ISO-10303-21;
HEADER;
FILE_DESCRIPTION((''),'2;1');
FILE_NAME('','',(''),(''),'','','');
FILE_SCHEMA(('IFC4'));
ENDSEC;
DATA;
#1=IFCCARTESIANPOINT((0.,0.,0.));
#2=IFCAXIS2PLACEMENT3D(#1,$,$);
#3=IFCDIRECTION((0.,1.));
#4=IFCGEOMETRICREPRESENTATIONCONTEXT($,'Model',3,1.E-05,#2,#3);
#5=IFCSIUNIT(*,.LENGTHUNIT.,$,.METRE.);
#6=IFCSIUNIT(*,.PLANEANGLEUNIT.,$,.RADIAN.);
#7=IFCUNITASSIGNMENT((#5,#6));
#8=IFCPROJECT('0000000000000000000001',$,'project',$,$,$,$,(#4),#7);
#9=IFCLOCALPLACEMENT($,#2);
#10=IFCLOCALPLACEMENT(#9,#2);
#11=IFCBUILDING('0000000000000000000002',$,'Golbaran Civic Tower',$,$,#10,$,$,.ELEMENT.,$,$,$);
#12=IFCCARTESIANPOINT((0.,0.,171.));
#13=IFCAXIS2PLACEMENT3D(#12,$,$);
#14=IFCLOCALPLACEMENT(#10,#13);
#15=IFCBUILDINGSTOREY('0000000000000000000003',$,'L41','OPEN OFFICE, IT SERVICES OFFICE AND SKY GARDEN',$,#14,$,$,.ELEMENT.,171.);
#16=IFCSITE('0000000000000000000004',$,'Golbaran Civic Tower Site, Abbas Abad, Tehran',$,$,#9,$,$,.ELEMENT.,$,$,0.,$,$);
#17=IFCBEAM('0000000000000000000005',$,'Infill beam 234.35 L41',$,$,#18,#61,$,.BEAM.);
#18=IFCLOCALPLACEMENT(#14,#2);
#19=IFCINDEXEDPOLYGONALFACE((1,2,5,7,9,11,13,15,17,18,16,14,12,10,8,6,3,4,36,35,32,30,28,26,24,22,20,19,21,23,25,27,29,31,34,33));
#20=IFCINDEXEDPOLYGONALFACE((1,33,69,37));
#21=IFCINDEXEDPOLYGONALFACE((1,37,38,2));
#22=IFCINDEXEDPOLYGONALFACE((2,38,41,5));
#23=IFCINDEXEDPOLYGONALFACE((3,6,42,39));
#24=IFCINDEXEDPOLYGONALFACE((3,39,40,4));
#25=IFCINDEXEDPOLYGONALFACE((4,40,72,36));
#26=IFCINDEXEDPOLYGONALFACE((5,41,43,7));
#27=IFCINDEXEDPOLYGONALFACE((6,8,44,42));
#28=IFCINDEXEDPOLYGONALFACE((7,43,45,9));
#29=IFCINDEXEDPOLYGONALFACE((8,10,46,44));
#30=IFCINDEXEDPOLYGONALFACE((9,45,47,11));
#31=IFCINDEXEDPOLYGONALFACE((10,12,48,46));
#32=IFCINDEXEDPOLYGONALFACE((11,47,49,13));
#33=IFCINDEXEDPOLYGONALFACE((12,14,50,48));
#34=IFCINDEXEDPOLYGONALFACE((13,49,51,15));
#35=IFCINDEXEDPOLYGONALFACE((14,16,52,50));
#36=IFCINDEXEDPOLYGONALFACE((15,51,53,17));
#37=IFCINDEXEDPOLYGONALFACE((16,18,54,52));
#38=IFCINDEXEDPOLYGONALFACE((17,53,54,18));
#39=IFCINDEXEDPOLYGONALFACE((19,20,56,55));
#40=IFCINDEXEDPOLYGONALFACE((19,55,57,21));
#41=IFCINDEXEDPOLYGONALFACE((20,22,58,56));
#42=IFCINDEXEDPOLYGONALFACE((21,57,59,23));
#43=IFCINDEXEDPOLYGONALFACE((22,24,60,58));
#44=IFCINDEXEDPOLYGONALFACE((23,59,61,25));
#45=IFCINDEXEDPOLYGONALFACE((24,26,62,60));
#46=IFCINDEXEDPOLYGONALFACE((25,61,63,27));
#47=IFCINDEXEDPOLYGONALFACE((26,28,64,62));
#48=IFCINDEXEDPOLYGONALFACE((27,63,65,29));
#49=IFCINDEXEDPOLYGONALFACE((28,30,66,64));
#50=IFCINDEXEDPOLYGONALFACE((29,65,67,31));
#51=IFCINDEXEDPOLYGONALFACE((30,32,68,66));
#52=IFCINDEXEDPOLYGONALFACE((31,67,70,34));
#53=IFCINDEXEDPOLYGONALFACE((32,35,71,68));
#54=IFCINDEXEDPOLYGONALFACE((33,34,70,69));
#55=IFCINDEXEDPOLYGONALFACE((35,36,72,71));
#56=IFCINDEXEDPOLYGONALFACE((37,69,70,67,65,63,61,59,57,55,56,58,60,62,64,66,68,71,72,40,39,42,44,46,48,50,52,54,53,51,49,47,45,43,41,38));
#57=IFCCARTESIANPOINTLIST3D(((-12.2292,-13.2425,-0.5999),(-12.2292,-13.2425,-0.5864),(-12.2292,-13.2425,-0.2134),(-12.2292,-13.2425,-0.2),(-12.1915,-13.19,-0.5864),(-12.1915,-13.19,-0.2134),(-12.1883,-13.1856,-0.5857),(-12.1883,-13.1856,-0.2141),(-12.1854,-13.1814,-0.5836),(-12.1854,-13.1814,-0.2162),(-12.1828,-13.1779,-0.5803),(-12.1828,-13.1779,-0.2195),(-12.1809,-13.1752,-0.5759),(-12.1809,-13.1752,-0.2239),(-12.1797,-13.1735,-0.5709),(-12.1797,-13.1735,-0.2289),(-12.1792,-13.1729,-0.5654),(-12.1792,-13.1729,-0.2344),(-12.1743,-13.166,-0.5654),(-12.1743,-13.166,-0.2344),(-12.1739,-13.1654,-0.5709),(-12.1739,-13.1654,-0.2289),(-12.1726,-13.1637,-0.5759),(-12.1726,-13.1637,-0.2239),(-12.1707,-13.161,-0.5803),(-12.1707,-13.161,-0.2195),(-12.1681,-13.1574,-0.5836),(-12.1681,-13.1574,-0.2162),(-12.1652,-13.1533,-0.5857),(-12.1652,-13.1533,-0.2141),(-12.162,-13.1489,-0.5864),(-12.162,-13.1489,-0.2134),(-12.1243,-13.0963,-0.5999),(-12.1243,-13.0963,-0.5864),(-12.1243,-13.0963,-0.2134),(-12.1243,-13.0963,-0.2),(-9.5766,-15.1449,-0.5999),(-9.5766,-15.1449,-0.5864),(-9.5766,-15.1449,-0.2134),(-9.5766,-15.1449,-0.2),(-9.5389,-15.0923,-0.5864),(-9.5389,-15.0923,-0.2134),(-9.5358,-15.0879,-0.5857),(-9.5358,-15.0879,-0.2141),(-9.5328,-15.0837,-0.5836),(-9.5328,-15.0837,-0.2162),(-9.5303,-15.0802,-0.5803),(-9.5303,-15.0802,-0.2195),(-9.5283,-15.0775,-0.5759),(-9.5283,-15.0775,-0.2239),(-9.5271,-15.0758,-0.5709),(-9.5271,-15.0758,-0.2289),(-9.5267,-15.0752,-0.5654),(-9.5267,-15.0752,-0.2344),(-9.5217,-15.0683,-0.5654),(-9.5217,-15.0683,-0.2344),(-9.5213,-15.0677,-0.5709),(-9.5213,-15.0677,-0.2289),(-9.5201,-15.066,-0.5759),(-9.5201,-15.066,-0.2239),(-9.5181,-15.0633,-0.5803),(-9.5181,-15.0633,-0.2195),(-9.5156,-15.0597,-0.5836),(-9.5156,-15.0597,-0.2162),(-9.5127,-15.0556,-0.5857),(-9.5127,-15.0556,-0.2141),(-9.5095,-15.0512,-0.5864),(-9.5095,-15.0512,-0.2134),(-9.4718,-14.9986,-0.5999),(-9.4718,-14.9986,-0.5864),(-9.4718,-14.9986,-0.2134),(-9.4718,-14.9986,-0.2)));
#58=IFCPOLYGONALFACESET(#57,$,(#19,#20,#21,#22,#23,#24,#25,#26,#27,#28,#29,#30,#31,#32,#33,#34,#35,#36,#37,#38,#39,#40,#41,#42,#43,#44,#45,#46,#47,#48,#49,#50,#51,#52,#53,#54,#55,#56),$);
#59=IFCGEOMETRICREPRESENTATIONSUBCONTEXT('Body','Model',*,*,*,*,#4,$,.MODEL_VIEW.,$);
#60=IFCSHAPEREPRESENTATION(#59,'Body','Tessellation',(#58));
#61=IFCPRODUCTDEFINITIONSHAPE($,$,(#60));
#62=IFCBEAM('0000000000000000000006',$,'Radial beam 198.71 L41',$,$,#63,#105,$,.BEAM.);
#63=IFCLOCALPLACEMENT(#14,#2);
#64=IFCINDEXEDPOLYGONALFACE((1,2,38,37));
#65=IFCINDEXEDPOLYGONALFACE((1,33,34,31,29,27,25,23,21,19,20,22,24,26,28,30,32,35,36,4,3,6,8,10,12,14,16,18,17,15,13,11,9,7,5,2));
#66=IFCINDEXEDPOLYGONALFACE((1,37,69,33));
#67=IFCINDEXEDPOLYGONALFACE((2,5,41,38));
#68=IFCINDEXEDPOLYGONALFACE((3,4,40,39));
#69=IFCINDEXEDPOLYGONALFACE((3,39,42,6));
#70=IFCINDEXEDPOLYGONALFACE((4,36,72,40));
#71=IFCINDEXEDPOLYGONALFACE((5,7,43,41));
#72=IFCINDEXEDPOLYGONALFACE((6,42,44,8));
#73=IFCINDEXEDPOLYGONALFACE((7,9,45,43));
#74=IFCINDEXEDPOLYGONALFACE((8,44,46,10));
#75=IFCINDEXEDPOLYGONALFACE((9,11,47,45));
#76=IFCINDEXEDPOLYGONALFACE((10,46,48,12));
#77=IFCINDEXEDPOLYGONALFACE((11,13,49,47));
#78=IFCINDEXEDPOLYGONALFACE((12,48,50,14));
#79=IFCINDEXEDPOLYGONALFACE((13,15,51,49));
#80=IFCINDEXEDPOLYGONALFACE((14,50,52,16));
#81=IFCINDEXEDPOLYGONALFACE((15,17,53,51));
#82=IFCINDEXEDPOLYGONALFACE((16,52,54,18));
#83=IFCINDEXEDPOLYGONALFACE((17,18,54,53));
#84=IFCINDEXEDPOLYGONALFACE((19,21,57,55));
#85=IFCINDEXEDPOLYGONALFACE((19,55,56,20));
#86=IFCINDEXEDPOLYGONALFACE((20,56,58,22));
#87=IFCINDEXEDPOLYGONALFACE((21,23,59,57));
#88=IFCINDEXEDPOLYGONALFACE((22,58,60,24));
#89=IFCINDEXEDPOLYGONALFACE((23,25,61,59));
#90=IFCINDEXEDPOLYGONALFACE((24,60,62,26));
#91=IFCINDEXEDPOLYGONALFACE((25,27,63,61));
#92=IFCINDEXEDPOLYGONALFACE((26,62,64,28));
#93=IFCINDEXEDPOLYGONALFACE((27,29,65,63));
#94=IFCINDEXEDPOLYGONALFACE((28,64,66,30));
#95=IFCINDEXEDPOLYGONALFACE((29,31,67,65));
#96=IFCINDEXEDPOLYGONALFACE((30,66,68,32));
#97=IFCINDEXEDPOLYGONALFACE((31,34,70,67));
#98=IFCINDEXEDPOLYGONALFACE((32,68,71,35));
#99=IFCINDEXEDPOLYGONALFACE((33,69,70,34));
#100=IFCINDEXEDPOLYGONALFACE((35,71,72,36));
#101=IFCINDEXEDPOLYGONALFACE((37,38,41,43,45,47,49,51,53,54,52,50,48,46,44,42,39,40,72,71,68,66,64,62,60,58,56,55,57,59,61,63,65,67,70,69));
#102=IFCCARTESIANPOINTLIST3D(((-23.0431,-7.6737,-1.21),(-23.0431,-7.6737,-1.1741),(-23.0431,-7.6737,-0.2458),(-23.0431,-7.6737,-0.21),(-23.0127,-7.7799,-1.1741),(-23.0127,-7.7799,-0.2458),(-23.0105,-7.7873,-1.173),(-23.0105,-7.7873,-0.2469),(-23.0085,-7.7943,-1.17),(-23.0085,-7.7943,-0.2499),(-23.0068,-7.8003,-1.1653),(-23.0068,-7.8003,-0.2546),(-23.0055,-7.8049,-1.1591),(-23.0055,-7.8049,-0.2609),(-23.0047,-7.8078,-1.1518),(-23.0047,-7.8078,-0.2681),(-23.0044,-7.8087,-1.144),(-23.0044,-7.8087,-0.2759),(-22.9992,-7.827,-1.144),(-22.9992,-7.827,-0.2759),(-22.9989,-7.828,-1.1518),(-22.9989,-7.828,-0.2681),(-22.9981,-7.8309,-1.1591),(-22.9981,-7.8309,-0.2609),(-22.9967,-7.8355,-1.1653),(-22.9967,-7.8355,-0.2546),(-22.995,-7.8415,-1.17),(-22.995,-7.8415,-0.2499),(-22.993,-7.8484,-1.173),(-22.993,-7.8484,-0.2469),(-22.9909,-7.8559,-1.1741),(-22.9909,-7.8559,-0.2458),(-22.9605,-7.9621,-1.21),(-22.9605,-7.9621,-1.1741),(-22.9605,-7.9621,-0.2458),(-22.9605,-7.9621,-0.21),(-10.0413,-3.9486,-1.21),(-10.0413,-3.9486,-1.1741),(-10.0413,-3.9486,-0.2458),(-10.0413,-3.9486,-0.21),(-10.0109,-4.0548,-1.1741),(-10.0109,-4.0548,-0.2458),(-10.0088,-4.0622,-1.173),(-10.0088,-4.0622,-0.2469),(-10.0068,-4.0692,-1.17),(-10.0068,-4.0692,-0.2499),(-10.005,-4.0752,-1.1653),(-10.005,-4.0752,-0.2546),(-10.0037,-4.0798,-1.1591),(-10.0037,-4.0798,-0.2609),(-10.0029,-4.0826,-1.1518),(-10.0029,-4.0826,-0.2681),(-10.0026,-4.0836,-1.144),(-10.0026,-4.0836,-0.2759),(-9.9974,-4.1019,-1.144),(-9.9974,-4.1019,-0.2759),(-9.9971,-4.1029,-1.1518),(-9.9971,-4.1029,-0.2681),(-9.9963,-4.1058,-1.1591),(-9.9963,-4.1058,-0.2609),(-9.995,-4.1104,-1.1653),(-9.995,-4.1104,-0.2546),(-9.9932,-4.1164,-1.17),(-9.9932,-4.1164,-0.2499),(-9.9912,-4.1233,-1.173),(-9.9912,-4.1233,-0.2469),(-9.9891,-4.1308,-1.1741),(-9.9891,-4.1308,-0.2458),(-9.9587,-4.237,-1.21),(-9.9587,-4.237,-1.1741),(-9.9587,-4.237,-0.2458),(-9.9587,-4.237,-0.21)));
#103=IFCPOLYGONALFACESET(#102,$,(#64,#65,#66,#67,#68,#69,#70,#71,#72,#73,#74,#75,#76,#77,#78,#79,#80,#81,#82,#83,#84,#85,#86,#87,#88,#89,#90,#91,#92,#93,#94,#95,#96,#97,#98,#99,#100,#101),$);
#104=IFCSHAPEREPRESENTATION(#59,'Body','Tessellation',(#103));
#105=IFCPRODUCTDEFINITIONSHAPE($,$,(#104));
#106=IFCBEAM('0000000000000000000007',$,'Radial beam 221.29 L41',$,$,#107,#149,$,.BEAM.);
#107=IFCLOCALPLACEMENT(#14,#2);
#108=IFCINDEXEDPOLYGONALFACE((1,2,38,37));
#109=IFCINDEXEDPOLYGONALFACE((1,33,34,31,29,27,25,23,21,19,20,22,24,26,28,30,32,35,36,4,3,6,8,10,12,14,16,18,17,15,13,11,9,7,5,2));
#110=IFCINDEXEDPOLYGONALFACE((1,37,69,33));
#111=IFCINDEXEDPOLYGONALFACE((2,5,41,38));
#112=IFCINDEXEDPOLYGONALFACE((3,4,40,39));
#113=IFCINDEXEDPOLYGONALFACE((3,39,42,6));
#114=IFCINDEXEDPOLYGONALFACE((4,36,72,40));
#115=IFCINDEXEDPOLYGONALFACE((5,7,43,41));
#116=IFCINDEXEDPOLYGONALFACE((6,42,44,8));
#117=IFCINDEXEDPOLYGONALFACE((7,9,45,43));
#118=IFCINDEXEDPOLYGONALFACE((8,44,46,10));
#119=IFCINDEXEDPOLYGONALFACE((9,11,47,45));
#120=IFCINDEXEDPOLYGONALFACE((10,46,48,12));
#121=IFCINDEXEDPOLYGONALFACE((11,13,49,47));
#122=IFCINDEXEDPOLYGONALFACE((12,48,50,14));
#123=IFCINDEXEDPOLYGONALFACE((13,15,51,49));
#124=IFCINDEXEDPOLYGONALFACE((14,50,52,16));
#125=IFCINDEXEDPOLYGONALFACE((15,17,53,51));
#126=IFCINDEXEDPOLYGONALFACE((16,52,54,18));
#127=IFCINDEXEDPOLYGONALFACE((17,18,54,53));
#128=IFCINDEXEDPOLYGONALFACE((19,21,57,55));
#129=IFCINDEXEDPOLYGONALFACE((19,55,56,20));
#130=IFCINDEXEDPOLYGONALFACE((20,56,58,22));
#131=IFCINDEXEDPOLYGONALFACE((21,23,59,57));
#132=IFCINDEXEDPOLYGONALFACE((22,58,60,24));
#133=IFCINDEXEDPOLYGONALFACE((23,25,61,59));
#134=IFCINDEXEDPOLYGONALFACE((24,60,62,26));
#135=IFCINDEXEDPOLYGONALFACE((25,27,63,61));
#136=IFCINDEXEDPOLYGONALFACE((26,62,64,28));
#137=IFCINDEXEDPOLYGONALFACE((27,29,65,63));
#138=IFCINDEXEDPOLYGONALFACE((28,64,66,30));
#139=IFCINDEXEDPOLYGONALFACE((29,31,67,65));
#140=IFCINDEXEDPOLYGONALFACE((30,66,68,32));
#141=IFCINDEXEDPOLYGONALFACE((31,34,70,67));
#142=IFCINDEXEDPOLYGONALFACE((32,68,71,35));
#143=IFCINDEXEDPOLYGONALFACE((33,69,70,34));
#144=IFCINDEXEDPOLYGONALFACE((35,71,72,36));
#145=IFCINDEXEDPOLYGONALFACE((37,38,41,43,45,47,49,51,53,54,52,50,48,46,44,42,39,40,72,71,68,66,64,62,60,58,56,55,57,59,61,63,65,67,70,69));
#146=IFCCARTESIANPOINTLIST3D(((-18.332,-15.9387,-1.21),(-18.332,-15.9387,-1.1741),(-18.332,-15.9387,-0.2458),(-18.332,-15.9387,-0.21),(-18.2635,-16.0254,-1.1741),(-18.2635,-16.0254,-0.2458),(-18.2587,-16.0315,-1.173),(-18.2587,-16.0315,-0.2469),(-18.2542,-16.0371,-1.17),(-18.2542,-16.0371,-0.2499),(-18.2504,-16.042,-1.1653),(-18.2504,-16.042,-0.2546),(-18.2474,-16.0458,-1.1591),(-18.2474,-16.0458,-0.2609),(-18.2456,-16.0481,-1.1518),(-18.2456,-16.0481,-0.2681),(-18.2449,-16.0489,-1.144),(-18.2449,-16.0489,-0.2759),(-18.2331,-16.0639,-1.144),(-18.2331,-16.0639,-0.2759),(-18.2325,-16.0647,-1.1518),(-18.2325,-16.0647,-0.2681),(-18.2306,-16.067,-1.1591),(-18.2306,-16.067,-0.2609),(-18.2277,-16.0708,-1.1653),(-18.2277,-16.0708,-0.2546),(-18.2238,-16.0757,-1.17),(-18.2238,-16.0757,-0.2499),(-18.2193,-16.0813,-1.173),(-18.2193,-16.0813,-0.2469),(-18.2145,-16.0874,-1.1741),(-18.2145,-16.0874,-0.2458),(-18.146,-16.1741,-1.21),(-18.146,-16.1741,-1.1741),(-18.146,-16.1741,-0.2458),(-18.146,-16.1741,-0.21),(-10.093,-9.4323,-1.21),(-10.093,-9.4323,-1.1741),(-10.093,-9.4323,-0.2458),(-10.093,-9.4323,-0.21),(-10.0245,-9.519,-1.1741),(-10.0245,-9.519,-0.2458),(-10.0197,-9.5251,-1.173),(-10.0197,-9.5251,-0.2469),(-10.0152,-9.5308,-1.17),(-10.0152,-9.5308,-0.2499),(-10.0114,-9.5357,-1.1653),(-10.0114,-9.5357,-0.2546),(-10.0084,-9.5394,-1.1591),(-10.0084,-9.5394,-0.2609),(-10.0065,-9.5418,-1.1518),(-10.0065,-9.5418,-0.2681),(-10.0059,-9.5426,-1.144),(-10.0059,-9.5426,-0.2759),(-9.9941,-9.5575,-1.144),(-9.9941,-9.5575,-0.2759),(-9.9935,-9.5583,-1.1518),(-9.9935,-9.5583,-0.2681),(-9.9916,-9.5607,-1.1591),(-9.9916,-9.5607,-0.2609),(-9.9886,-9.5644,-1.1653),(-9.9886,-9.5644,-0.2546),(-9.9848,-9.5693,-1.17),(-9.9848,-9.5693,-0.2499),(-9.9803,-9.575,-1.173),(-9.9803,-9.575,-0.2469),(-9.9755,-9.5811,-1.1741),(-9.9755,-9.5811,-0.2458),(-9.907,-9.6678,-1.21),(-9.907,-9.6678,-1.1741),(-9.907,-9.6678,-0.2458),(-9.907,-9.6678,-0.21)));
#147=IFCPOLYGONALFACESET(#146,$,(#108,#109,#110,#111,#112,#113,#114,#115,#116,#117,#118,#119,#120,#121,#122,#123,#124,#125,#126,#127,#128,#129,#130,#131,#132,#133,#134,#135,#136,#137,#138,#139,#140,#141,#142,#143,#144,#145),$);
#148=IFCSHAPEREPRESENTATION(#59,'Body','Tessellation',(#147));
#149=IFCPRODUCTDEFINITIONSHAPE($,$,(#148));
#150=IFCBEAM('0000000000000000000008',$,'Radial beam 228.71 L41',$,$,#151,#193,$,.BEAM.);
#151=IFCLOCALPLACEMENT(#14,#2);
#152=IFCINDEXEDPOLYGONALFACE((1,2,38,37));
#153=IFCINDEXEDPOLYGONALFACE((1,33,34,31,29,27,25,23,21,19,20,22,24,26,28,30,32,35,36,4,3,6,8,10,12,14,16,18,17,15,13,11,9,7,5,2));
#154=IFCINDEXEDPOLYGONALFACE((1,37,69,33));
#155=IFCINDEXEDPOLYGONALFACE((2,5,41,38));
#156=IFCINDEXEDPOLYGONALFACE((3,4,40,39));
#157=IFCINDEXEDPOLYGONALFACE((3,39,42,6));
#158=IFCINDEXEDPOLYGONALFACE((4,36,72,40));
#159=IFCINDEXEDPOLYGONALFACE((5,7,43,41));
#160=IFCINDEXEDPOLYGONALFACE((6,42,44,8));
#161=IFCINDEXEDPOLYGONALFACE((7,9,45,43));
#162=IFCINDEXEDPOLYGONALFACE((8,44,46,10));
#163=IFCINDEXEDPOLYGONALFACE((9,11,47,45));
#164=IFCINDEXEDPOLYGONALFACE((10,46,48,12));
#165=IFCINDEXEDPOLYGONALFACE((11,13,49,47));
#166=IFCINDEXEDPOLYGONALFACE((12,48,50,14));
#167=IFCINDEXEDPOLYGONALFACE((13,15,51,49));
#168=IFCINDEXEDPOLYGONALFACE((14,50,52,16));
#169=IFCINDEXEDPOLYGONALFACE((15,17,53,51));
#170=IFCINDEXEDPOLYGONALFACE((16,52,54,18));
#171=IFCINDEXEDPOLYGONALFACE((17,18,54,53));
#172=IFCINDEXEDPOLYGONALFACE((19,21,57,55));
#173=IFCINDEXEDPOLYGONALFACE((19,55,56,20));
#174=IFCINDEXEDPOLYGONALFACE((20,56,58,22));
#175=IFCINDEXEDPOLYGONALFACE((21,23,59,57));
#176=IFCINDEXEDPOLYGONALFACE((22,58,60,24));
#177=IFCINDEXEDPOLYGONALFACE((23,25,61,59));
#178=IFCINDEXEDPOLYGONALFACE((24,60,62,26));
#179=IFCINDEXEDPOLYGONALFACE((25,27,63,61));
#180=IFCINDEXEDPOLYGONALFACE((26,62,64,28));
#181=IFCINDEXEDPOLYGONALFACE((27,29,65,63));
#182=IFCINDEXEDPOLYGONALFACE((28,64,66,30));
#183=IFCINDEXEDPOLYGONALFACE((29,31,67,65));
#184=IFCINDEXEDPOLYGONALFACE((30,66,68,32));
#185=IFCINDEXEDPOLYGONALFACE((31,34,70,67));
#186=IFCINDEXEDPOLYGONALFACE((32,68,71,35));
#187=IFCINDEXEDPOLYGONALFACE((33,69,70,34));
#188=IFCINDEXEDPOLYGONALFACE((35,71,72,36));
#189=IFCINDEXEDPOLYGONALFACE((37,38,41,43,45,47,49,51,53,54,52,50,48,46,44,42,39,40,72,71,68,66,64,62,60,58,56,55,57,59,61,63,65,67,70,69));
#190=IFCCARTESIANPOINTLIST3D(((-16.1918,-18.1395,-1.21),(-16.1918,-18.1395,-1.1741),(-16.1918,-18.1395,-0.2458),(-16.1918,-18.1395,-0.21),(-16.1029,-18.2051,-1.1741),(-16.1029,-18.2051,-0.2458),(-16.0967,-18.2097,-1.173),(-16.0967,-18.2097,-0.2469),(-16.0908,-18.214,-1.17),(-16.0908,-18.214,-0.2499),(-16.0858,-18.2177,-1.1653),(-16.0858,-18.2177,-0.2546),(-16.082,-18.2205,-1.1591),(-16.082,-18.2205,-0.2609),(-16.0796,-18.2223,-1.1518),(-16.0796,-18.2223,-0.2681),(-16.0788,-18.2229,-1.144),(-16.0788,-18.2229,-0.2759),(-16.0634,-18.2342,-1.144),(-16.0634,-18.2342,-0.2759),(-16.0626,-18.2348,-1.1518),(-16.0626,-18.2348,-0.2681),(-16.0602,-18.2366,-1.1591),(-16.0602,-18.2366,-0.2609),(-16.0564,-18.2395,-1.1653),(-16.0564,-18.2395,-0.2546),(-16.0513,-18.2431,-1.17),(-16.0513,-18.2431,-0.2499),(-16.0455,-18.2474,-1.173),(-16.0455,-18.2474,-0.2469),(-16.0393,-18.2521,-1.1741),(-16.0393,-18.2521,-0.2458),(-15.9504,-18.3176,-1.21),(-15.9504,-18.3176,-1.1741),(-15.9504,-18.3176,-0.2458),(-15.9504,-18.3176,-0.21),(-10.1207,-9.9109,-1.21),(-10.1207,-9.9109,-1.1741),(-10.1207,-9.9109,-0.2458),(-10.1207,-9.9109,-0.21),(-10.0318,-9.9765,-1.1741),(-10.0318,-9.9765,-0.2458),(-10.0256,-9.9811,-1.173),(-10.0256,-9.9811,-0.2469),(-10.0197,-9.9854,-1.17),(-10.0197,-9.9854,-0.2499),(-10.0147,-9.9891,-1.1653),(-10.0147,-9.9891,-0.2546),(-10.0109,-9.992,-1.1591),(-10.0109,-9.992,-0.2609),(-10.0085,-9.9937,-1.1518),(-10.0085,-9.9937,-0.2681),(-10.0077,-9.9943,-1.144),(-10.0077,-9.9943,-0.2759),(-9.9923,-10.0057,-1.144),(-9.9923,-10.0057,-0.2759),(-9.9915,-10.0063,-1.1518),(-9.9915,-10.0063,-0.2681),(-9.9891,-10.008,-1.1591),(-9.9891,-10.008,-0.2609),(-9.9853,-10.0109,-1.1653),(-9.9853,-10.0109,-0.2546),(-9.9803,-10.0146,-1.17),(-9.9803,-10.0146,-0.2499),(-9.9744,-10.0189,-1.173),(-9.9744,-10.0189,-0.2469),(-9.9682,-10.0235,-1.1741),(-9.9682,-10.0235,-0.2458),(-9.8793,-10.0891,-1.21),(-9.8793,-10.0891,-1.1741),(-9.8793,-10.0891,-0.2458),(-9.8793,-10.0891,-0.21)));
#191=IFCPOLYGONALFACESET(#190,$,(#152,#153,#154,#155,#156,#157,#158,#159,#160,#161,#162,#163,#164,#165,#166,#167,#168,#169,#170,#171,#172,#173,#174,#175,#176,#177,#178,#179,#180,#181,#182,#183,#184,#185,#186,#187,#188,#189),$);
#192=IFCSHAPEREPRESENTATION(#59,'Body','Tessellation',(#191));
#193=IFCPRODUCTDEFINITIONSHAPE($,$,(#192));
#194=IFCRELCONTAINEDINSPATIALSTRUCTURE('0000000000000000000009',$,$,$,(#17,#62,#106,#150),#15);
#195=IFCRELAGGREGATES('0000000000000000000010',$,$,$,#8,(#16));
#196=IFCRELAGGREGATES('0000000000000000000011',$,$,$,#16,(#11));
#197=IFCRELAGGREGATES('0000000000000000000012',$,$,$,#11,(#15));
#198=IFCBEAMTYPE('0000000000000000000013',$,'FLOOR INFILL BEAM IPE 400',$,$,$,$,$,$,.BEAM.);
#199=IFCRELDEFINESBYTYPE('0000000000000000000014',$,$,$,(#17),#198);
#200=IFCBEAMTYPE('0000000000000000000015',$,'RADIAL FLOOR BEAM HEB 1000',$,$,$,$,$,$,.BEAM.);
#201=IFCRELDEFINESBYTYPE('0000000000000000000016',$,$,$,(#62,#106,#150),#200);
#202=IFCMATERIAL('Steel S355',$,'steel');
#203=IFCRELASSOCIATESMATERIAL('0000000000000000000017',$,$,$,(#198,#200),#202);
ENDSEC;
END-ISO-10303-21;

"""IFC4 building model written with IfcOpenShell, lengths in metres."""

from ifc_helpers import new_model, si_unit, direction, frame, origin, origin_2d, place, context, subcontext, project, spatial, i_section, extrude, material, material_profile, profile_set, type_object, element, save


model = new_model("IFC4")

# Units and contexts
model_context = context("Model", 3, precision=1e-05, world=origin(), true_north=direction((0.0, 1.0)))
body_context = subcontext(model_context, "Body", "Model", "MODEL_VIEW")
ifc_project = project(units=[si_unit("LENGTHUNIT", "METRE"), si_unit("PLANEANGLEUNIT", "RADIAN")], contexts=[model_context])

# Site, building, storey
site_placement = place(None, origin())
site = spatial("IfcSite", under=ifc_project, at=site_placement, Name="Golbaran Civic Tower Site, Abbas Abad, Tehran", CompositionType="ELEMENT", RefElevation=0.0)
building_placement = place(site_placement, origin())
building = spatial("IfcBuilding", under=site, at=building_placement, Name="Golbaran Civic Tower", CompositionType="ELEMENT")
storey_placement = place(building_placement, frame((0.0, 0.0, 171.0)))
storey = spatial("IfcBuildingStorey", under=building, at=storey_placement, Name="L41", Description="OPEN OFFICE, IT SERVICES OFFICE AND SKY GARDEN", CompositionType="ELEMENT", Elevation=171.0)

# Beams
ifc_material_1 = material(Name="Steel S355", Category="steel")
ifc_material_profile_1 = material_profile(ifc_material_1, i_section(OverallWidth=0.1799, OverallDepth=0.3999, WebThickness=0.0085, FlangeThickness=0.0134, FilletRadius=0.021, at=origin_2d()), Name="IPE 400")
ifc_profile_set_1 = profile_set([ifc_material_profile_1], Name="Steel S355")
beam_type_1 = type_object("IfcBeamType", Name="FLOOR INFILL BEAM IPE 400", PredefinedType="BEAM", material=ifc_profile_set_1)
beam_1_placement = place(storey_placement, frame((-12.1768, -13.1694, -0.3999), z_axis=(0.812625, -0.582787, 0.0), x_axis=(0.582787, 0.812625, 0.0)))
element("IfcBeam", 1, at=beam_1_placement, inside=storey, type_object=beam_type_1, Name="Infill beam 234.35 L41", PredefinedType="BEAM", context=body_context, shape_type="SweptSolid", body=[
    extrude(i_section(OverallWidth=0.1799, OverallDepth=0.3999, WebThickness=0.0085, FlangeThickness=0.0134, FilletRadius=0.021, at=origin_2d()), origin(), (0.0, 0.0, 1.0), 3.2642),
])
ifc_material_profile_2 = material_profile(ifc_material_1, i_section(OverallWidth=0.3, OverallDepth=1.0, WebThickness=0.019, FlangeThickness=0.0359, FilletRadius=0.03, at=origin_2d()), Name="HEB 1000")
ifc_profile_set_2 = profile_set([ifc_material_profile_2], Name="Steel S355")
beam_type_2 = type_object("IfcBeamType", Name="RADIAL FLOOR BEAM HEB 1000", PredefinedType="BEAM", material=ifc_profile_set_2)
beam_2_placement = place(storey_placement, frame((-10.0, -4.0928, -0.71), z_axis=(-0.961322, -0.275427, 0.0), x_axis=(0.275427, -0.961322, 0.0)))
element("IfcBeam", 2, at=beam_2_placement, inside=storey, type_object=beam_type_2, Name="Radial beam 198.71 L41", PredefinedType="BEAM", context=body_context, shape_type="SweptSolid", body=[
    extrude(i_section(OverallWidth=0.3, OverallDepth=1.0, WebThickness=0.019, FlangeThickness=0.0359, FilletRadius=0.03, at=origin_2d()), origin(), (0.0, 0.0, 1.0), 13.5249),
])
beam_3_placement = place(storey_placement, frame((-10.0, -9.55, -0.71), z_axis=(-0.784796, -0.619754, 0.0), x_axis=(0.619754, -0.784796, 0.0)))
element("IfcBeam", 3, at=beam_3_placement, inside=storey, type_object=beam_type_2, Name="Radial beam 221.29 L41", PredefinedType="BEAM", context=body_context, shape_type="SweptSolid", body=[
    extrude(i_section(OverallWidth=0.3, OverallDepth=1.0, WebThickness=0.019, FlangeThickness=0.0359, FilletRadius=0.03, at=origin_2d()), origin(), (0.0, 0.0, 1.0), 10.4983),
])
beam_4_placement = place(storey_placement, frame((-10.0, -10.0, -0.71), z_axis=(-0.593701, -0.804685, 0.0), x_axis=(0.804685, -0.593701, 0.0)))
element("IfcBeam", 4, at=beam_4_placement, inside=storey, type_object=beam_type_2, Name="Radial beam 228.71 L41", PredefinedType="BEAM", context=body_context, shape_type="SweptSolid", body=[
    extrude(i_section(OverallWidth=0.3, OverallDepth=1.0, WebThickness=0.019, FlangeThickness=0.0359, FilletRadius=0.03, at=origin_2d()), origin(), (0.0, 0.0, 1.0), 10.2258),
])

save(model, "model.ifc")
